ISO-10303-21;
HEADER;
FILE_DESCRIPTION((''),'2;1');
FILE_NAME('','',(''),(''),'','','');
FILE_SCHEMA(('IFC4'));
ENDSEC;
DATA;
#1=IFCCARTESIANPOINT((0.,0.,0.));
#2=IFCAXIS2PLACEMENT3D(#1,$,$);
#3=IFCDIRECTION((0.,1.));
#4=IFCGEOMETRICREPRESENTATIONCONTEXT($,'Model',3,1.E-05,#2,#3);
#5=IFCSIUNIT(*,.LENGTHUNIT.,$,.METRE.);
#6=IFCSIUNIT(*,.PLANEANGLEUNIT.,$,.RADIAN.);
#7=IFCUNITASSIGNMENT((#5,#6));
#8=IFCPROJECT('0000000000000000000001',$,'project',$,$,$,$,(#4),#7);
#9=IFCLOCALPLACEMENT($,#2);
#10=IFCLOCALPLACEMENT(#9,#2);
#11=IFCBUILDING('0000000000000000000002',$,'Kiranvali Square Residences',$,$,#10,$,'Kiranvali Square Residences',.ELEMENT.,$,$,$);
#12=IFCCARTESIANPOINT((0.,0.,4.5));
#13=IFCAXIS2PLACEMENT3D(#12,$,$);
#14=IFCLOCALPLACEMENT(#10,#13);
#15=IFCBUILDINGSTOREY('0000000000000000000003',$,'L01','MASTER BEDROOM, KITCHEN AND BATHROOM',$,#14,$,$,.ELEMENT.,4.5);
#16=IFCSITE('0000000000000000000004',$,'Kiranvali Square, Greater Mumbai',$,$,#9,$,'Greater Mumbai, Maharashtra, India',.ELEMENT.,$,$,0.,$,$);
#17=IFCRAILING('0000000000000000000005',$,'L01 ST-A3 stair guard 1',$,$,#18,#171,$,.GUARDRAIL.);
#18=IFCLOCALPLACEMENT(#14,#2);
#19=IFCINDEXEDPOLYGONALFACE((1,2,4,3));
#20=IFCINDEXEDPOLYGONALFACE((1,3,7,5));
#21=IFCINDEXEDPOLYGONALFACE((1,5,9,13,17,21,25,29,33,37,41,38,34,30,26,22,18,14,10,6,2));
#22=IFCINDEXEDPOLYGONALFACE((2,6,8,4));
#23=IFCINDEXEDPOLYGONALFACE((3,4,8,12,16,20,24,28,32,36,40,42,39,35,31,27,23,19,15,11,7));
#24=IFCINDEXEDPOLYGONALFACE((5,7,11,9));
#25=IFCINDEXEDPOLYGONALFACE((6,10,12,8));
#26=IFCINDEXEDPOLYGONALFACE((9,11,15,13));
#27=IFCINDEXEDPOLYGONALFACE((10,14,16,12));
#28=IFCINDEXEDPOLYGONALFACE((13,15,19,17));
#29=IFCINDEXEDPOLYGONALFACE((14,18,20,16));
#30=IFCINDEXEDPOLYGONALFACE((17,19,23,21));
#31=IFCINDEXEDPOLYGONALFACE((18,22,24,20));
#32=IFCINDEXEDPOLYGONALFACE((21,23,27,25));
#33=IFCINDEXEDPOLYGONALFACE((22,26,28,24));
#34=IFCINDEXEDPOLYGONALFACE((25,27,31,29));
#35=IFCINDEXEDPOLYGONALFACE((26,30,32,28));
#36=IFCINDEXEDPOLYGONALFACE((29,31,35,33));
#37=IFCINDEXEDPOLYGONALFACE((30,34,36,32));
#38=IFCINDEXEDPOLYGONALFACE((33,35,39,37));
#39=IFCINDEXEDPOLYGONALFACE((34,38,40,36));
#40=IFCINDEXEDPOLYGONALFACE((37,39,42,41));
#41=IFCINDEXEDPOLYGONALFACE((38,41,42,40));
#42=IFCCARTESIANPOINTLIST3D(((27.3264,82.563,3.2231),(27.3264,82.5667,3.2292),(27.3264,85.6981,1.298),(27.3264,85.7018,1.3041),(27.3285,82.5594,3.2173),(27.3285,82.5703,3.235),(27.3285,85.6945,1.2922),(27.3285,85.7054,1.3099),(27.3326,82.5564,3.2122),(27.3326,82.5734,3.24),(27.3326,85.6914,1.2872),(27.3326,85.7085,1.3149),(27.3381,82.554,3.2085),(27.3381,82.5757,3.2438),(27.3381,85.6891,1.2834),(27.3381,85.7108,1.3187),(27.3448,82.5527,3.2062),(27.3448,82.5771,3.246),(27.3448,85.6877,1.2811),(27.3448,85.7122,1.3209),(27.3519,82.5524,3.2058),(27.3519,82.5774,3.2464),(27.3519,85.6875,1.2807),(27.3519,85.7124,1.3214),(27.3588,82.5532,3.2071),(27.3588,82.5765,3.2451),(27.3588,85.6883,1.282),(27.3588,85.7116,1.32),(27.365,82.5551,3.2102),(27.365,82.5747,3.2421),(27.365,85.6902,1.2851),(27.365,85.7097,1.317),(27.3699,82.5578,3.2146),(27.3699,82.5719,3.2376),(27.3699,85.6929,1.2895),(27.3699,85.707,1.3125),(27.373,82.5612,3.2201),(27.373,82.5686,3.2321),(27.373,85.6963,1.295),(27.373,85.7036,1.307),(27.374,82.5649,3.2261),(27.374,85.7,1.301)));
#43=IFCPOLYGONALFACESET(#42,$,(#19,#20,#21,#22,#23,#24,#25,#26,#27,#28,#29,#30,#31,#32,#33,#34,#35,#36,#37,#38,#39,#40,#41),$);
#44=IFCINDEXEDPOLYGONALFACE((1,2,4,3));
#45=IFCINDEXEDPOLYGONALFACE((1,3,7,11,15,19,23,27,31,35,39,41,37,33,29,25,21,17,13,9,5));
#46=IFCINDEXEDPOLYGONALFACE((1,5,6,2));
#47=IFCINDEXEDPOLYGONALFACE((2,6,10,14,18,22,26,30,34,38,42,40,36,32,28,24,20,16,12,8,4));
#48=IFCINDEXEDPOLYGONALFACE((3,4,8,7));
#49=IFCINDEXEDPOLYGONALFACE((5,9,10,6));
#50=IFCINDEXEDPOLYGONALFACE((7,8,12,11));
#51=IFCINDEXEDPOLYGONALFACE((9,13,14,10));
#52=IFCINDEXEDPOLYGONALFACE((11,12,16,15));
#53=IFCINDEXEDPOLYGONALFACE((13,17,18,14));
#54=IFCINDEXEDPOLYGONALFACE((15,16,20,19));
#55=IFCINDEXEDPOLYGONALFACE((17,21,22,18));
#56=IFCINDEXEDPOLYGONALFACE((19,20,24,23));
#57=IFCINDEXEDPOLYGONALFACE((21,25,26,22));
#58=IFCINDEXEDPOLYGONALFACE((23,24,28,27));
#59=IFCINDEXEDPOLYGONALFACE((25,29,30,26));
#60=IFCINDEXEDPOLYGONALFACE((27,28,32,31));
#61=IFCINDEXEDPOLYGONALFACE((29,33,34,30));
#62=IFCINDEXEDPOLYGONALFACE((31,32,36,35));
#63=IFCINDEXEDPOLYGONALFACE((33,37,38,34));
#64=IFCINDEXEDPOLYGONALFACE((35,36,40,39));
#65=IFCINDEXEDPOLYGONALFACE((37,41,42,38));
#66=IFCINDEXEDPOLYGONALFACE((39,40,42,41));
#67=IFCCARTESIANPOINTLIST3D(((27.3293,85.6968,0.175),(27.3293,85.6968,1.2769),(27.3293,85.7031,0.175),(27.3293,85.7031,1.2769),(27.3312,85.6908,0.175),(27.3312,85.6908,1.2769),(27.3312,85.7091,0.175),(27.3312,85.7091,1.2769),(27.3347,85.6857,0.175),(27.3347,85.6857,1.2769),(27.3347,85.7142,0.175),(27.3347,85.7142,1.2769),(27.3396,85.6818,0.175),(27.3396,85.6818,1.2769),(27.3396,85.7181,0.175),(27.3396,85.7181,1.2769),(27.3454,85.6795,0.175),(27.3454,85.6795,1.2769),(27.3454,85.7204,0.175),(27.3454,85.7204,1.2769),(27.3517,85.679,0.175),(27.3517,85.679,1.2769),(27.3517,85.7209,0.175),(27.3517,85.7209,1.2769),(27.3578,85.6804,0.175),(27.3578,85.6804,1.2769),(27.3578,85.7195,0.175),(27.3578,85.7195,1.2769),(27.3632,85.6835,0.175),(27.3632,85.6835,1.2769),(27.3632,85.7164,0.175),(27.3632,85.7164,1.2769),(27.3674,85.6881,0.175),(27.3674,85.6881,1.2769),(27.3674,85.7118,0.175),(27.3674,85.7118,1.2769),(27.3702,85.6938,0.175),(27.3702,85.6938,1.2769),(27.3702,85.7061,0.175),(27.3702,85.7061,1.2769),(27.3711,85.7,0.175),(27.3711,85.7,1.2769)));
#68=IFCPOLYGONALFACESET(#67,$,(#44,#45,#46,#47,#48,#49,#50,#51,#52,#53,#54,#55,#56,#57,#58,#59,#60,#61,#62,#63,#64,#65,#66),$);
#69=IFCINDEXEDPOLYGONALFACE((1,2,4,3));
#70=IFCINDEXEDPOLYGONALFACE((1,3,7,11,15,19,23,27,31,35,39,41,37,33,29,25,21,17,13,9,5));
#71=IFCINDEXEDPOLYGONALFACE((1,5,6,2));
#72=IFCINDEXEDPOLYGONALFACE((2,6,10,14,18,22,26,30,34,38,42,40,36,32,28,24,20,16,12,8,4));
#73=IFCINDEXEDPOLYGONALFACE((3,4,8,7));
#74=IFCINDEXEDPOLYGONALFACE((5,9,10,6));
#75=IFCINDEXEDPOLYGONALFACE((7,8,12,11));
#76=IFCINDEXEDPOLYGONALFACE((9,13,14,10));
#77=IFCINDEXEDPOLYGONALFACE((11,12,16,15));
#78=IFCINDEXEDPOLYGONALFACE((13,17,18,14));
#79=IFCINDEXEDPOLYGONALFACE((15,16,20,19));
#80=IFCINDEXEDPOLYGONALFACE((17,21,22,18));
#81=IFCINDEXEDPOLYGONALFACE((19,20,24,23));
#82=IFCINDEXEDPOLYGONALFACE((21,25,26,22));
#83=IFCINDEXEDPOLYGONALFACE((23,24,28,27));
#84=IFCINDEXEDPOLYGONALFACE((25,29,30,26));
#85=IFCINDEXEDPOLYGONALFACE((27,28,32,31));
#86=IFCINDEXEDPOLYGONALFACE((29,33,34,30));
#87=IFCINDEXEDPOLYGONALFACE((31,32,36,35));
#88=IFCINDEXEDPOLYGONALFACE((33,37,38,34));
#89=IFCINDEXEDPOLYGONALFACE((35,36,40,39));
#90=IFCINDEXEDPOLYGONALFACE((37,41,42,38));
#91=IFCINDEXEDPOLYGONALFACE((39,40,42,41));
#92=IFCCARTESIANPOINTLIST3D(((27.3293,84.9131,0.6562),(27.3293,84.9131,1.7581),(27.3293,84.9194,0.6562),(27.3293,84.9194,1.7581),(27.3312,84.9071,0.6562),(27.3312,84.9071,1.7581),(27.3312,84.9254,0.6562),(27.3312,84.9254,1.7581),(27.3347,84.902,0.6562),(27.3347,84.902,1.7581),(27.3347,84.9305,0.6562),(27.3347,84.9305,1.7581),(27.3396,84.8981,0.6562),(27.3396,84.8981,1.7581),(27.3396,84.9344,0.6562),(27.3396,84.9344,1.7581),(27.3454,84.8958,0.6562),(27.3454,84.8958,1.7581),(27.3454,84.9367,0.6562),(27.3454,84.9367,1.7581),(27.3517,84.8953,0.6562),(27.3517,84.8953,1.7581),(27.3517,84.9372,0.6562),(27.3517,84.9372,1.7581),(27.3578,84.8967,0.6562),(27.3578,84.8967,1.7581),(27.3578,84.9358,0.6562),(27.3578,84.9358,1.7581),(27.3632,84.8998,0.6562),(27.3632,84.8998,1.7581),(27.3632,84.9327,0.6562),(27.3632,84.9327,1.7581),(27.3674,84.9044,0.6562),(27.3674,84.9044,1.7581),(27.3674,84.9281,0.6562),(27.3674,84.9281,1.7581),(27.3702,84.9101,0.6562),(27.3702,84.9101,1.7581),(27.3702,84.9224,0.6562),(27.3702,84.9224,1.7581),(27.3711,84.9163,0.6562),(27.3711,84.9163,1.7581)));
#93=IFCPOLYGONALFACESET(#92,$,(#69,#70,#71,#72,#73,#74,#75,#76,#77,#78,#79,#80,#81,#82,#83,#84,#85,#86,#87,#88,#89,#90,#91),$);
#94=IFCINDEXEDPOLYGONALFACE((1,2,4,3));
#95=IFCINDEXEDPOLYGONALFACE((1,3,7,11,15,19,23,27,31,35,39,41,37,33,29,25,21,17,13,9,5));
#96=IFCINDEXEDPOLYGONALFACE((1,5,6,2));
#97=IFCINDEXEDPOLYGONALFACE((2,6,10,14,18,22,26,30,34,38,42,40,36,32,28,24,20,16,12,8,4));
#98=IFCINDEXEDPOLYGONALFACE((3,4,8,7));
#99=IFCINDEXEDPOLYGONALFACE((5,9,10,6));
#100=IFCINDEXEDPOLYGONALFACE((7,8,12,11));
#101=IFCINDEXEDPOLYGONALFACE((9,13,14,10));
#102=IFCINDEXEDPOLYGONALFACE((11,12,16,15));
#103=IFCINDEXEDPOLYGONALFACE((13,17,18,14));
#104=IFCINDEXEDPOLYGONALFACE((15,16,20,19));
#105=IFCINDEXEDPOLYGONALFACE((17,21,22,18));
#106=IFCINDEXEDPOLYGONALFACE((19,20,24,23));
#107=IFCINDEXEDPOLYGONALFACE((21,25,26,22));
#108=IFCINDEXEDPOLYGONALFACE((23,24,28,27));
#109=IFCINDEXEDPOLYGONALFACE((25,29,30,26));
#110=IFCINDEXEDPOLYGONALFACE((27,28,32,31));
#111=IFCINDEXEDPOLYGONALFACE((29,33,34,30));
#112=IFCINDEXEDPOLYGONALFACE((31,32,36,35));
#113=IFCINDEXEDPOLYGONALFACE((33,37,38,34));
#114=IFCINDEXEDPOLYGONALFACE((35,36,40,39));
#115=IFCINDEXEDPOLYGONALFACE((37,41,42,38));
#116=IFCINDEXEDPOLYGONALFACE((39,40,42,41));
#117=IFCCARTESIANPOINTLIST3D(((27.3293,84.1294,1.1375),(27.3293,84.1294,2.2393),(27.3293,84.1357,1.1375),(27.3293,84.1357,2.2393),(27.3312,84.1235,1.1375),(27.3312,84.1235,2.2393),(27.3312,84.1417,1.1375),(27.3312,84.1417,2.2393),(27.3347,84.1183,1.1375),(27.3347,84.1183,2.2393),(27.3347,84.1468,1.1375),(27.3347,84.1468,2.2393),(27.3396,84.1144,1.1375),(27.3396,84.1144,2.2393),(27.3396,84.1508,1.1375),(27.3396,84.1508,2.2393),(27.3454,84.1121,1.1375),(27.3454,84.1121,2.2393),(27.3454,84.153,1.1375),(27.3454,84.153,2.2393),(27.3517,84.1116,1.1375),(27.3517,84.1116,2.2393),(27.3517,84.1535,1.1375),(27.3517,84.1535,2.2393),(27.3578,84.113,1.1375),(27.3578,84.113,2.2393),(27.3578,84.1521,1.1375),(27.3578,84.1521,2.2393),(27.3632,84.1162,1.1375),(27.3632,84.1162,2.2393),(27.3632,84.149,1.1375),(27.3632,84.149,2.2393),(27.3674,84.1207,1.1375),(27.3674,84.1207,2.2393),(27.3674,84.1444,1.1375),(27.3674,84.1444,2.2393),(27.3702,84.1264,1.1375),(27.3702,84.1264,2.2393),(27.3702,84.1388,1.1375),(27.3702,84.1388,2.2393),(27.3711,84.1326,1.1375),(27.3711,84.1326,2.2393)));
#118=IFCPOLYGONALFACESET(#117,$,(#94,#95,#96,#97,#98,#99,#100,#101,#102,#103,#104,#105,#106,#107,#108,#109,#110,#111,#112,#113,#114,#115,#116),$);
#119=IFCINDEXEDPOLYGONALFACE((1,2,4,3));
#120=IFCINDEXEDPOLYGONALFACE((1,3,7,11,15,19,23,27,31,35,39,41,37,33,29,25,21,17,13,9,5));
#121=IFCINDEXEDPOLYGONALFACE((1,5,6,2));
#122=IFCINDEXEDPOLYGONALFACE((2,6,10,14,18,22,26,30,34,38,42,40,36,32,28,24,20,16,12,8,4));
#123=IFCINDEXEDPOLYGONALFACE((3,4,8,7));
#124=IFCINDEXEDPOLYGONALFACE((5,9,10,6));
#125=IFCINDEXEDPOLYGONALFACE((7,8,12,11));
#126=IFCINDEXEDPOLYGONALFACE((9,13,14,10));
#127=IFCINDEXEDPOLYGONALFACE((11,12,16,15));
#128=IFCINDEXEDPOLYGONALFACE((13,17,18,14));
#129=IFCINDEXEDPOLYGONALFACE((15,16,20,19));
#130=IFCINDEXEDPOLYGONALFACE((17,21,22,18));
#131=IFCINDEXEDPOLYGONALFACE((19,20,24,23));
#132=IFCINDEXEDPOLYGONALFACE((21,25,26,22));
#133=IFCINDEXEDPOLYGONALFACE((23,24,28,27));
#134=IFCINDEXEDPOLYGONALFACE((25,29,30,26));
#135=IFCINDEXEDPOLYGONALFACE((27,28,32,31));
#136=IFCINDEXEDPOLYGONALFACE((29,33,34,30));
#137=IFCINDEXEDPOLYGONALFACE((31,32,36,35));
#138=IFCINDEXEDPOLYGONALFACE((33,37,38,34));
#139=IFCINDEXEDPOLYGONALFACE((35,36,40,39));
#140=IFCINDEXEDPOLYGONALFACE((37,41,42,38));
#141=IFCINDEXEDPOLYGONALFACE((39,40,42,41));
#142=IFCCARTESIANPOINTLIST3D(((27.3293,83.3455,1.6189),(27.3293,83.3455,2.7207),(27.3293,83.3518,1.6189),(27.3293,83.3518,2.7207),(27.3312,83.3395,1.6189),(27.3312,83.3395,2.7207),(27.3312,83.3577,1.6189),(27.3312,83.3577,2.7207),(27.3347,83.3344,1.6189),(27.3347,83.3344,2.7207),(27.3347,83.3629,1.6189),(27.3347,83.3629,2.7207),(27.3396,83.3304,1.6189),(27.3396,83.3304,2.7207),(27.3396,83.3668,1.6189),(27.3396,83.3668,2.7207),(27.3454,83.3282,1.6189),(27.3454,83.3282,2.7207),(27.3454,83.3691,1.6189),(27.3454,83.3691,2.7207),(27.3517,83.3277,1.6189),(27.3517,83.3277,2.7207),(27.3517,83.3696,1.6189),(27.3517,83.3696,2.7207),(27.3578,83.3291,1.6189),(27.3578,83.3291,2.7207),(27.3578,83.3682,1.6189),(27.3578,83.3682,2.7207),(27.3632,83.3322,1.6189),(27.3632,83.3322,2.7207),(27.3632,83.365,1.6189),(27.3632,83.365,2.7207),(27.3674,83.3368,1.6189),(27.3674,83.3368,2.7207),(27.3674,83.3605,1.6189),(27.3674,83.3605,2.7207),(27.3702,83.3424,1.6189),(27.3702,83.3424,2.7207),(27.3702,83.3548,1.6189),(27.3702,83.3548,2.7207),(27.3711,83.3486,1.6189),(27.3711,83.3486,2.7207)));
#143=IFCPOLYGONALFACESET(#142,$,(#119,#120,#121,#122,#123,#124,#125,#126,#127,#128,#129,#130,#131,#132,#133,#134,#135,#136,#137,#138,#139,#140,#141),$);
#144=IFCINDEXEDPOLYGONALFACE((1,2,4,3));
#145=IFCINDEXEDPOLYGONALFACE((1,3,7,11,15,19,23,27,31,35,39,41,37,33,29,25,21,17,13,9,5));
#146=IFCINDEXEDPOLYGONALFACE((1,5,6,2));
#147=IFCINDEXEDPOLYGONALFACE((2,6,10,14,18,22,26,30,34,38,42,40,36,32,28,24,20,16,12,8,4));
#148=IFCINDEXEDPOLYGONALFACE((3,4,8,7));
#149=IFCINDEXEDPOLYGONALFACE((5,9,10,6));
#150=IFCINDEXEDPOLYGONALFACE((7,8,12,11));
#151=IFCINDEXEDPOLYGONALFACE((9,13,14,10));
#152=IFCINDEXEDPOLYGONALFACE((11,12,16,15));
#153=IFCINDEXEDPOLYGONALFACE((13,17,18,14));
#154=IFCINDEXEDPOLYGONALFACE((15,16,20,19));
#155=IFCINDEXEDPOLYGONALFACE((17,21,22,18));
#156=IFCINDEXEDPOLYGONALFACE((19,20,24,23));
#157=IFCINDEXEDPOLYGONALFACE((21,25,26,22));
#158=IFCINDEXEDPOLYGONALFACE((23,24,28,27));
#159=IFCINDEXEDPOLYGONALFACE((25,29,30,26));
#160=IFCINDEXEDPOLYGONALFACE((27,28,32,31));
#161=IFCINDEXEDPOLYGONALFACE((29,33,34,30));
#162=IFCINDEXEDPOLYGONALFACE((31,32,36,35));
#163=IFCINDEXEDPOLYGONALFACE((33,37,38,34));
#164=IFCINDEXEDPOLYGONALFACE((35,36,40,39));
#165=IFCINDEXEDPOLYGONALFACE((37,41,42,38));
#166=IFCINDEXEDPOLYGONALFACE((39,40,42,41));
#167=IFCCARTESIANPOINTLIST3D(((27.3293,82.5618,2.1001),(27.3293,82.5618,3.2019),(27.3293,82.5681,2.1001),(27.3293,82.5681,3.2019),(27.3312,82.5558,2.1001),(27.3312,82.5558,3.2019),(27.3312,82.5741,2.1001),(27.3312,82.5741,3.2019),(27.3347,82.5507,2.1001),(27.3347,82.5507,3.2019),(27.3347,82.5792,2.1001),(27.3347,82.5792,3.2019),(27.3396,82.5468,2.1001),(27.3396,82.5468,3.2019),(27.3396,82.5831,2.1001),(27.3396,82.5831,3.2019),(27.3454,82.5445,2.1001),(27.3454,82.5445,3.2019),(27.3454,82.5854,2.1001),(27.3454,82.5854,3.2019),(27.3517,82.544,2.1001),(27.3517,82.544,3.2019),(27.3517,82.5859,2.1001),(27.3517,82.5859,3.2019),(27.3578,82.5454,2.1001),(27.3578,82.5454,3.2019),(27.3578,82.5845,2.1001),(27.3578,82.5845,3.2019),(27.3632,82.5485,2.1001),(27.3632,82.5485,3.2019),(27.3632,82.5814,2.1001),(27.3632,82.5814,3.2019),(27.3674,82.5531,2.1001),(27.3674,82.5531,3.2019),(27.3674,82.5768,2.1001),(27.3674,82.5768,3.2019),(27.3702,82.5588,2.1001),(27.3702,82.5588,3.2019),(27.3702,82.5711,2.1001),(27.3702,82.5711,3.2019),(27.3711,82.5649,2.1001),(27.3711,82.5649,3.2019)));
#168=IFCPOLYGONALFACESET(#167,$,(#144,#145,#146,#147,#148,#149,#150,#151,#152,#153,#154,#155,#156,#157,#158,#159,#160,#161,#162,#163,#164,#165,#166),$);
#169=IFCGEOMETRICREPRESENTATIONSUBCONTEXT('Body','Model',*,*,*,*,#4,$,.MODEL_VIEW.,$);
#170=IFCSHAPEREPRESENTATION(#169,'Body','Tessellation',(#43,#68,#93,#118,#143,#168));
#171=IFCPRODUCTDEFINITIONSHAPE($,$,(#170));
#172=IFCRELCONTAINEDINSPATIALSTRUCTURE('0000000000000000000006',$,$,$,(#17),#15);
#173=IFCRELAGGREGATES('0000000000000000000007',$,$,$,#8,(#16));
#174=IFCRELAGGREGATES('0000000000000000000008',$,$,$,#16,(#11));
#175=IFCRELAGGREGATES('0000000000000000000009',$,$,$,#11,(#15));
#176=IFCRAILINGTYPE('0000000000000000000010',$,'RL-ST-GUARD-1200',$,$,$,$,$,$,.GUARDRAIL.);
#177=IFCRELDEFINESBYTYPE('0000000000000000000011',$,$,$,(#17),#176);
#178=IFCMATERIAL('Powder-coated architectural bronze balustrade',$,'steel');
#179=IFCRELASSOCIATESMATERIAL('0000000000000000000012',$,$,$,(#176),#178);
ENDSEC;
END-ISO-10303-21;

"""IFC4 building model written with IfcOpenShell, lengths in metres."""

from ifc_helpers import new_model, si_unit, direction, frame, origin, origin_2d, place, context, subcontext, project, spatial, circle, extrude, material, type_object, element, save


model = new_model("IFC4")

# Units and contexts
model_context = context("Model", 3, precision=1e-05, world=origin(), true_north=direction((0.0, 1.0)))
body_context = subcontext(model_context, "Body", "Model", "MODEL_VIEW")
ifc_project = project(units=[si_unit("LENGTHUNIT", "METRE"), si_unit("PLANEANGLEUNIT", "RADIAN")], contexts=[model_context])

# Site, building, storey
site_placement = place(None, origin())
site = spatial("IfcSite", under=ifc_project, at=site_placement, Name="Kiranvali Square, Greater Mumbai", LongName="Greater Mumbai, Maharashtra, India", CompositionType="ELEMENT", RefElevation=0.0)
building_placement = place(site_placement, origin())
building = spatial("IfcBuilding", under=site, at=building_placement, Name="Kiranvali Square Residences", LongName="Kiranvali Square Residences", CompositionType="ELEMENT")
storey_placement = place(building_placement, frame((0.0, 0.0, 4.5)))
storey = spatial("IfcBuildingStorey", under=building, at=storey_placement, Name="L01", Description="MASTER BEDROOM, KITCHEN AND BATHROOM", CompositionType="ELEMENT", Elevation=4.5)

# Railing
ifc_material_1 = material(Name="Powder-coated architectural bronze balustrade", Category="steel")
railing_type_1 = type_object("IfcRailingType", Name="RL-ST-GUARD-1200", PredefinedType="GUARDRAIL", material=ifc_material_1)
railing_1_placement = place(storey_placement, frame((27.3501, 85.7, 0.175)))
element("IfcRailing", 1, at=railing_1_placement, inside=storey, type_object=railing_type_1, Name="L01 ST-A3 stair guard 1", PredefinedType="GUARDRAIL", context=body_context, shape_type="SweptSolid", body=[
    extrude(circle(Radius=0.0239, at=origin_2d()), frame((0.0, 0.0, 1.126), z_axis=(0.0, -0.852166, 0.523271), x_axis=(1.0, 0.0, 0.0)), (0.0, 0.0, 1.0), 3.679),
    extrude(circle(Radius=0.021, at=origin_2d()), origin(), (0.0, 0.0, 1.0), 1.1018),
    extrude(circle(Radius=0.021, at=origin_2d()), frame((0.0, -0.7837, 0.4812)), (0.0, 0.0, 1.0), 1.1018),
    extrude(circle(Radius=0.021, at=origin_2d()), frame((0.0, -1.5674, 0.9624)), (0.0, 0.0, 1.0), 1.1018),
    extrude(circle(Radius=0.021, at=origin_2d()), frame((0.0, -2.3513, 1.4438)), (0.0, 0.0, 1.0), 1.1018),
    extrude(circle(Radius=0.021, at=origin_2d()), frame((0.0, -3.135, 1.925)), (0.0, 0.0, 1.0), 1.1018),
])

save(model, "model.ifc")
